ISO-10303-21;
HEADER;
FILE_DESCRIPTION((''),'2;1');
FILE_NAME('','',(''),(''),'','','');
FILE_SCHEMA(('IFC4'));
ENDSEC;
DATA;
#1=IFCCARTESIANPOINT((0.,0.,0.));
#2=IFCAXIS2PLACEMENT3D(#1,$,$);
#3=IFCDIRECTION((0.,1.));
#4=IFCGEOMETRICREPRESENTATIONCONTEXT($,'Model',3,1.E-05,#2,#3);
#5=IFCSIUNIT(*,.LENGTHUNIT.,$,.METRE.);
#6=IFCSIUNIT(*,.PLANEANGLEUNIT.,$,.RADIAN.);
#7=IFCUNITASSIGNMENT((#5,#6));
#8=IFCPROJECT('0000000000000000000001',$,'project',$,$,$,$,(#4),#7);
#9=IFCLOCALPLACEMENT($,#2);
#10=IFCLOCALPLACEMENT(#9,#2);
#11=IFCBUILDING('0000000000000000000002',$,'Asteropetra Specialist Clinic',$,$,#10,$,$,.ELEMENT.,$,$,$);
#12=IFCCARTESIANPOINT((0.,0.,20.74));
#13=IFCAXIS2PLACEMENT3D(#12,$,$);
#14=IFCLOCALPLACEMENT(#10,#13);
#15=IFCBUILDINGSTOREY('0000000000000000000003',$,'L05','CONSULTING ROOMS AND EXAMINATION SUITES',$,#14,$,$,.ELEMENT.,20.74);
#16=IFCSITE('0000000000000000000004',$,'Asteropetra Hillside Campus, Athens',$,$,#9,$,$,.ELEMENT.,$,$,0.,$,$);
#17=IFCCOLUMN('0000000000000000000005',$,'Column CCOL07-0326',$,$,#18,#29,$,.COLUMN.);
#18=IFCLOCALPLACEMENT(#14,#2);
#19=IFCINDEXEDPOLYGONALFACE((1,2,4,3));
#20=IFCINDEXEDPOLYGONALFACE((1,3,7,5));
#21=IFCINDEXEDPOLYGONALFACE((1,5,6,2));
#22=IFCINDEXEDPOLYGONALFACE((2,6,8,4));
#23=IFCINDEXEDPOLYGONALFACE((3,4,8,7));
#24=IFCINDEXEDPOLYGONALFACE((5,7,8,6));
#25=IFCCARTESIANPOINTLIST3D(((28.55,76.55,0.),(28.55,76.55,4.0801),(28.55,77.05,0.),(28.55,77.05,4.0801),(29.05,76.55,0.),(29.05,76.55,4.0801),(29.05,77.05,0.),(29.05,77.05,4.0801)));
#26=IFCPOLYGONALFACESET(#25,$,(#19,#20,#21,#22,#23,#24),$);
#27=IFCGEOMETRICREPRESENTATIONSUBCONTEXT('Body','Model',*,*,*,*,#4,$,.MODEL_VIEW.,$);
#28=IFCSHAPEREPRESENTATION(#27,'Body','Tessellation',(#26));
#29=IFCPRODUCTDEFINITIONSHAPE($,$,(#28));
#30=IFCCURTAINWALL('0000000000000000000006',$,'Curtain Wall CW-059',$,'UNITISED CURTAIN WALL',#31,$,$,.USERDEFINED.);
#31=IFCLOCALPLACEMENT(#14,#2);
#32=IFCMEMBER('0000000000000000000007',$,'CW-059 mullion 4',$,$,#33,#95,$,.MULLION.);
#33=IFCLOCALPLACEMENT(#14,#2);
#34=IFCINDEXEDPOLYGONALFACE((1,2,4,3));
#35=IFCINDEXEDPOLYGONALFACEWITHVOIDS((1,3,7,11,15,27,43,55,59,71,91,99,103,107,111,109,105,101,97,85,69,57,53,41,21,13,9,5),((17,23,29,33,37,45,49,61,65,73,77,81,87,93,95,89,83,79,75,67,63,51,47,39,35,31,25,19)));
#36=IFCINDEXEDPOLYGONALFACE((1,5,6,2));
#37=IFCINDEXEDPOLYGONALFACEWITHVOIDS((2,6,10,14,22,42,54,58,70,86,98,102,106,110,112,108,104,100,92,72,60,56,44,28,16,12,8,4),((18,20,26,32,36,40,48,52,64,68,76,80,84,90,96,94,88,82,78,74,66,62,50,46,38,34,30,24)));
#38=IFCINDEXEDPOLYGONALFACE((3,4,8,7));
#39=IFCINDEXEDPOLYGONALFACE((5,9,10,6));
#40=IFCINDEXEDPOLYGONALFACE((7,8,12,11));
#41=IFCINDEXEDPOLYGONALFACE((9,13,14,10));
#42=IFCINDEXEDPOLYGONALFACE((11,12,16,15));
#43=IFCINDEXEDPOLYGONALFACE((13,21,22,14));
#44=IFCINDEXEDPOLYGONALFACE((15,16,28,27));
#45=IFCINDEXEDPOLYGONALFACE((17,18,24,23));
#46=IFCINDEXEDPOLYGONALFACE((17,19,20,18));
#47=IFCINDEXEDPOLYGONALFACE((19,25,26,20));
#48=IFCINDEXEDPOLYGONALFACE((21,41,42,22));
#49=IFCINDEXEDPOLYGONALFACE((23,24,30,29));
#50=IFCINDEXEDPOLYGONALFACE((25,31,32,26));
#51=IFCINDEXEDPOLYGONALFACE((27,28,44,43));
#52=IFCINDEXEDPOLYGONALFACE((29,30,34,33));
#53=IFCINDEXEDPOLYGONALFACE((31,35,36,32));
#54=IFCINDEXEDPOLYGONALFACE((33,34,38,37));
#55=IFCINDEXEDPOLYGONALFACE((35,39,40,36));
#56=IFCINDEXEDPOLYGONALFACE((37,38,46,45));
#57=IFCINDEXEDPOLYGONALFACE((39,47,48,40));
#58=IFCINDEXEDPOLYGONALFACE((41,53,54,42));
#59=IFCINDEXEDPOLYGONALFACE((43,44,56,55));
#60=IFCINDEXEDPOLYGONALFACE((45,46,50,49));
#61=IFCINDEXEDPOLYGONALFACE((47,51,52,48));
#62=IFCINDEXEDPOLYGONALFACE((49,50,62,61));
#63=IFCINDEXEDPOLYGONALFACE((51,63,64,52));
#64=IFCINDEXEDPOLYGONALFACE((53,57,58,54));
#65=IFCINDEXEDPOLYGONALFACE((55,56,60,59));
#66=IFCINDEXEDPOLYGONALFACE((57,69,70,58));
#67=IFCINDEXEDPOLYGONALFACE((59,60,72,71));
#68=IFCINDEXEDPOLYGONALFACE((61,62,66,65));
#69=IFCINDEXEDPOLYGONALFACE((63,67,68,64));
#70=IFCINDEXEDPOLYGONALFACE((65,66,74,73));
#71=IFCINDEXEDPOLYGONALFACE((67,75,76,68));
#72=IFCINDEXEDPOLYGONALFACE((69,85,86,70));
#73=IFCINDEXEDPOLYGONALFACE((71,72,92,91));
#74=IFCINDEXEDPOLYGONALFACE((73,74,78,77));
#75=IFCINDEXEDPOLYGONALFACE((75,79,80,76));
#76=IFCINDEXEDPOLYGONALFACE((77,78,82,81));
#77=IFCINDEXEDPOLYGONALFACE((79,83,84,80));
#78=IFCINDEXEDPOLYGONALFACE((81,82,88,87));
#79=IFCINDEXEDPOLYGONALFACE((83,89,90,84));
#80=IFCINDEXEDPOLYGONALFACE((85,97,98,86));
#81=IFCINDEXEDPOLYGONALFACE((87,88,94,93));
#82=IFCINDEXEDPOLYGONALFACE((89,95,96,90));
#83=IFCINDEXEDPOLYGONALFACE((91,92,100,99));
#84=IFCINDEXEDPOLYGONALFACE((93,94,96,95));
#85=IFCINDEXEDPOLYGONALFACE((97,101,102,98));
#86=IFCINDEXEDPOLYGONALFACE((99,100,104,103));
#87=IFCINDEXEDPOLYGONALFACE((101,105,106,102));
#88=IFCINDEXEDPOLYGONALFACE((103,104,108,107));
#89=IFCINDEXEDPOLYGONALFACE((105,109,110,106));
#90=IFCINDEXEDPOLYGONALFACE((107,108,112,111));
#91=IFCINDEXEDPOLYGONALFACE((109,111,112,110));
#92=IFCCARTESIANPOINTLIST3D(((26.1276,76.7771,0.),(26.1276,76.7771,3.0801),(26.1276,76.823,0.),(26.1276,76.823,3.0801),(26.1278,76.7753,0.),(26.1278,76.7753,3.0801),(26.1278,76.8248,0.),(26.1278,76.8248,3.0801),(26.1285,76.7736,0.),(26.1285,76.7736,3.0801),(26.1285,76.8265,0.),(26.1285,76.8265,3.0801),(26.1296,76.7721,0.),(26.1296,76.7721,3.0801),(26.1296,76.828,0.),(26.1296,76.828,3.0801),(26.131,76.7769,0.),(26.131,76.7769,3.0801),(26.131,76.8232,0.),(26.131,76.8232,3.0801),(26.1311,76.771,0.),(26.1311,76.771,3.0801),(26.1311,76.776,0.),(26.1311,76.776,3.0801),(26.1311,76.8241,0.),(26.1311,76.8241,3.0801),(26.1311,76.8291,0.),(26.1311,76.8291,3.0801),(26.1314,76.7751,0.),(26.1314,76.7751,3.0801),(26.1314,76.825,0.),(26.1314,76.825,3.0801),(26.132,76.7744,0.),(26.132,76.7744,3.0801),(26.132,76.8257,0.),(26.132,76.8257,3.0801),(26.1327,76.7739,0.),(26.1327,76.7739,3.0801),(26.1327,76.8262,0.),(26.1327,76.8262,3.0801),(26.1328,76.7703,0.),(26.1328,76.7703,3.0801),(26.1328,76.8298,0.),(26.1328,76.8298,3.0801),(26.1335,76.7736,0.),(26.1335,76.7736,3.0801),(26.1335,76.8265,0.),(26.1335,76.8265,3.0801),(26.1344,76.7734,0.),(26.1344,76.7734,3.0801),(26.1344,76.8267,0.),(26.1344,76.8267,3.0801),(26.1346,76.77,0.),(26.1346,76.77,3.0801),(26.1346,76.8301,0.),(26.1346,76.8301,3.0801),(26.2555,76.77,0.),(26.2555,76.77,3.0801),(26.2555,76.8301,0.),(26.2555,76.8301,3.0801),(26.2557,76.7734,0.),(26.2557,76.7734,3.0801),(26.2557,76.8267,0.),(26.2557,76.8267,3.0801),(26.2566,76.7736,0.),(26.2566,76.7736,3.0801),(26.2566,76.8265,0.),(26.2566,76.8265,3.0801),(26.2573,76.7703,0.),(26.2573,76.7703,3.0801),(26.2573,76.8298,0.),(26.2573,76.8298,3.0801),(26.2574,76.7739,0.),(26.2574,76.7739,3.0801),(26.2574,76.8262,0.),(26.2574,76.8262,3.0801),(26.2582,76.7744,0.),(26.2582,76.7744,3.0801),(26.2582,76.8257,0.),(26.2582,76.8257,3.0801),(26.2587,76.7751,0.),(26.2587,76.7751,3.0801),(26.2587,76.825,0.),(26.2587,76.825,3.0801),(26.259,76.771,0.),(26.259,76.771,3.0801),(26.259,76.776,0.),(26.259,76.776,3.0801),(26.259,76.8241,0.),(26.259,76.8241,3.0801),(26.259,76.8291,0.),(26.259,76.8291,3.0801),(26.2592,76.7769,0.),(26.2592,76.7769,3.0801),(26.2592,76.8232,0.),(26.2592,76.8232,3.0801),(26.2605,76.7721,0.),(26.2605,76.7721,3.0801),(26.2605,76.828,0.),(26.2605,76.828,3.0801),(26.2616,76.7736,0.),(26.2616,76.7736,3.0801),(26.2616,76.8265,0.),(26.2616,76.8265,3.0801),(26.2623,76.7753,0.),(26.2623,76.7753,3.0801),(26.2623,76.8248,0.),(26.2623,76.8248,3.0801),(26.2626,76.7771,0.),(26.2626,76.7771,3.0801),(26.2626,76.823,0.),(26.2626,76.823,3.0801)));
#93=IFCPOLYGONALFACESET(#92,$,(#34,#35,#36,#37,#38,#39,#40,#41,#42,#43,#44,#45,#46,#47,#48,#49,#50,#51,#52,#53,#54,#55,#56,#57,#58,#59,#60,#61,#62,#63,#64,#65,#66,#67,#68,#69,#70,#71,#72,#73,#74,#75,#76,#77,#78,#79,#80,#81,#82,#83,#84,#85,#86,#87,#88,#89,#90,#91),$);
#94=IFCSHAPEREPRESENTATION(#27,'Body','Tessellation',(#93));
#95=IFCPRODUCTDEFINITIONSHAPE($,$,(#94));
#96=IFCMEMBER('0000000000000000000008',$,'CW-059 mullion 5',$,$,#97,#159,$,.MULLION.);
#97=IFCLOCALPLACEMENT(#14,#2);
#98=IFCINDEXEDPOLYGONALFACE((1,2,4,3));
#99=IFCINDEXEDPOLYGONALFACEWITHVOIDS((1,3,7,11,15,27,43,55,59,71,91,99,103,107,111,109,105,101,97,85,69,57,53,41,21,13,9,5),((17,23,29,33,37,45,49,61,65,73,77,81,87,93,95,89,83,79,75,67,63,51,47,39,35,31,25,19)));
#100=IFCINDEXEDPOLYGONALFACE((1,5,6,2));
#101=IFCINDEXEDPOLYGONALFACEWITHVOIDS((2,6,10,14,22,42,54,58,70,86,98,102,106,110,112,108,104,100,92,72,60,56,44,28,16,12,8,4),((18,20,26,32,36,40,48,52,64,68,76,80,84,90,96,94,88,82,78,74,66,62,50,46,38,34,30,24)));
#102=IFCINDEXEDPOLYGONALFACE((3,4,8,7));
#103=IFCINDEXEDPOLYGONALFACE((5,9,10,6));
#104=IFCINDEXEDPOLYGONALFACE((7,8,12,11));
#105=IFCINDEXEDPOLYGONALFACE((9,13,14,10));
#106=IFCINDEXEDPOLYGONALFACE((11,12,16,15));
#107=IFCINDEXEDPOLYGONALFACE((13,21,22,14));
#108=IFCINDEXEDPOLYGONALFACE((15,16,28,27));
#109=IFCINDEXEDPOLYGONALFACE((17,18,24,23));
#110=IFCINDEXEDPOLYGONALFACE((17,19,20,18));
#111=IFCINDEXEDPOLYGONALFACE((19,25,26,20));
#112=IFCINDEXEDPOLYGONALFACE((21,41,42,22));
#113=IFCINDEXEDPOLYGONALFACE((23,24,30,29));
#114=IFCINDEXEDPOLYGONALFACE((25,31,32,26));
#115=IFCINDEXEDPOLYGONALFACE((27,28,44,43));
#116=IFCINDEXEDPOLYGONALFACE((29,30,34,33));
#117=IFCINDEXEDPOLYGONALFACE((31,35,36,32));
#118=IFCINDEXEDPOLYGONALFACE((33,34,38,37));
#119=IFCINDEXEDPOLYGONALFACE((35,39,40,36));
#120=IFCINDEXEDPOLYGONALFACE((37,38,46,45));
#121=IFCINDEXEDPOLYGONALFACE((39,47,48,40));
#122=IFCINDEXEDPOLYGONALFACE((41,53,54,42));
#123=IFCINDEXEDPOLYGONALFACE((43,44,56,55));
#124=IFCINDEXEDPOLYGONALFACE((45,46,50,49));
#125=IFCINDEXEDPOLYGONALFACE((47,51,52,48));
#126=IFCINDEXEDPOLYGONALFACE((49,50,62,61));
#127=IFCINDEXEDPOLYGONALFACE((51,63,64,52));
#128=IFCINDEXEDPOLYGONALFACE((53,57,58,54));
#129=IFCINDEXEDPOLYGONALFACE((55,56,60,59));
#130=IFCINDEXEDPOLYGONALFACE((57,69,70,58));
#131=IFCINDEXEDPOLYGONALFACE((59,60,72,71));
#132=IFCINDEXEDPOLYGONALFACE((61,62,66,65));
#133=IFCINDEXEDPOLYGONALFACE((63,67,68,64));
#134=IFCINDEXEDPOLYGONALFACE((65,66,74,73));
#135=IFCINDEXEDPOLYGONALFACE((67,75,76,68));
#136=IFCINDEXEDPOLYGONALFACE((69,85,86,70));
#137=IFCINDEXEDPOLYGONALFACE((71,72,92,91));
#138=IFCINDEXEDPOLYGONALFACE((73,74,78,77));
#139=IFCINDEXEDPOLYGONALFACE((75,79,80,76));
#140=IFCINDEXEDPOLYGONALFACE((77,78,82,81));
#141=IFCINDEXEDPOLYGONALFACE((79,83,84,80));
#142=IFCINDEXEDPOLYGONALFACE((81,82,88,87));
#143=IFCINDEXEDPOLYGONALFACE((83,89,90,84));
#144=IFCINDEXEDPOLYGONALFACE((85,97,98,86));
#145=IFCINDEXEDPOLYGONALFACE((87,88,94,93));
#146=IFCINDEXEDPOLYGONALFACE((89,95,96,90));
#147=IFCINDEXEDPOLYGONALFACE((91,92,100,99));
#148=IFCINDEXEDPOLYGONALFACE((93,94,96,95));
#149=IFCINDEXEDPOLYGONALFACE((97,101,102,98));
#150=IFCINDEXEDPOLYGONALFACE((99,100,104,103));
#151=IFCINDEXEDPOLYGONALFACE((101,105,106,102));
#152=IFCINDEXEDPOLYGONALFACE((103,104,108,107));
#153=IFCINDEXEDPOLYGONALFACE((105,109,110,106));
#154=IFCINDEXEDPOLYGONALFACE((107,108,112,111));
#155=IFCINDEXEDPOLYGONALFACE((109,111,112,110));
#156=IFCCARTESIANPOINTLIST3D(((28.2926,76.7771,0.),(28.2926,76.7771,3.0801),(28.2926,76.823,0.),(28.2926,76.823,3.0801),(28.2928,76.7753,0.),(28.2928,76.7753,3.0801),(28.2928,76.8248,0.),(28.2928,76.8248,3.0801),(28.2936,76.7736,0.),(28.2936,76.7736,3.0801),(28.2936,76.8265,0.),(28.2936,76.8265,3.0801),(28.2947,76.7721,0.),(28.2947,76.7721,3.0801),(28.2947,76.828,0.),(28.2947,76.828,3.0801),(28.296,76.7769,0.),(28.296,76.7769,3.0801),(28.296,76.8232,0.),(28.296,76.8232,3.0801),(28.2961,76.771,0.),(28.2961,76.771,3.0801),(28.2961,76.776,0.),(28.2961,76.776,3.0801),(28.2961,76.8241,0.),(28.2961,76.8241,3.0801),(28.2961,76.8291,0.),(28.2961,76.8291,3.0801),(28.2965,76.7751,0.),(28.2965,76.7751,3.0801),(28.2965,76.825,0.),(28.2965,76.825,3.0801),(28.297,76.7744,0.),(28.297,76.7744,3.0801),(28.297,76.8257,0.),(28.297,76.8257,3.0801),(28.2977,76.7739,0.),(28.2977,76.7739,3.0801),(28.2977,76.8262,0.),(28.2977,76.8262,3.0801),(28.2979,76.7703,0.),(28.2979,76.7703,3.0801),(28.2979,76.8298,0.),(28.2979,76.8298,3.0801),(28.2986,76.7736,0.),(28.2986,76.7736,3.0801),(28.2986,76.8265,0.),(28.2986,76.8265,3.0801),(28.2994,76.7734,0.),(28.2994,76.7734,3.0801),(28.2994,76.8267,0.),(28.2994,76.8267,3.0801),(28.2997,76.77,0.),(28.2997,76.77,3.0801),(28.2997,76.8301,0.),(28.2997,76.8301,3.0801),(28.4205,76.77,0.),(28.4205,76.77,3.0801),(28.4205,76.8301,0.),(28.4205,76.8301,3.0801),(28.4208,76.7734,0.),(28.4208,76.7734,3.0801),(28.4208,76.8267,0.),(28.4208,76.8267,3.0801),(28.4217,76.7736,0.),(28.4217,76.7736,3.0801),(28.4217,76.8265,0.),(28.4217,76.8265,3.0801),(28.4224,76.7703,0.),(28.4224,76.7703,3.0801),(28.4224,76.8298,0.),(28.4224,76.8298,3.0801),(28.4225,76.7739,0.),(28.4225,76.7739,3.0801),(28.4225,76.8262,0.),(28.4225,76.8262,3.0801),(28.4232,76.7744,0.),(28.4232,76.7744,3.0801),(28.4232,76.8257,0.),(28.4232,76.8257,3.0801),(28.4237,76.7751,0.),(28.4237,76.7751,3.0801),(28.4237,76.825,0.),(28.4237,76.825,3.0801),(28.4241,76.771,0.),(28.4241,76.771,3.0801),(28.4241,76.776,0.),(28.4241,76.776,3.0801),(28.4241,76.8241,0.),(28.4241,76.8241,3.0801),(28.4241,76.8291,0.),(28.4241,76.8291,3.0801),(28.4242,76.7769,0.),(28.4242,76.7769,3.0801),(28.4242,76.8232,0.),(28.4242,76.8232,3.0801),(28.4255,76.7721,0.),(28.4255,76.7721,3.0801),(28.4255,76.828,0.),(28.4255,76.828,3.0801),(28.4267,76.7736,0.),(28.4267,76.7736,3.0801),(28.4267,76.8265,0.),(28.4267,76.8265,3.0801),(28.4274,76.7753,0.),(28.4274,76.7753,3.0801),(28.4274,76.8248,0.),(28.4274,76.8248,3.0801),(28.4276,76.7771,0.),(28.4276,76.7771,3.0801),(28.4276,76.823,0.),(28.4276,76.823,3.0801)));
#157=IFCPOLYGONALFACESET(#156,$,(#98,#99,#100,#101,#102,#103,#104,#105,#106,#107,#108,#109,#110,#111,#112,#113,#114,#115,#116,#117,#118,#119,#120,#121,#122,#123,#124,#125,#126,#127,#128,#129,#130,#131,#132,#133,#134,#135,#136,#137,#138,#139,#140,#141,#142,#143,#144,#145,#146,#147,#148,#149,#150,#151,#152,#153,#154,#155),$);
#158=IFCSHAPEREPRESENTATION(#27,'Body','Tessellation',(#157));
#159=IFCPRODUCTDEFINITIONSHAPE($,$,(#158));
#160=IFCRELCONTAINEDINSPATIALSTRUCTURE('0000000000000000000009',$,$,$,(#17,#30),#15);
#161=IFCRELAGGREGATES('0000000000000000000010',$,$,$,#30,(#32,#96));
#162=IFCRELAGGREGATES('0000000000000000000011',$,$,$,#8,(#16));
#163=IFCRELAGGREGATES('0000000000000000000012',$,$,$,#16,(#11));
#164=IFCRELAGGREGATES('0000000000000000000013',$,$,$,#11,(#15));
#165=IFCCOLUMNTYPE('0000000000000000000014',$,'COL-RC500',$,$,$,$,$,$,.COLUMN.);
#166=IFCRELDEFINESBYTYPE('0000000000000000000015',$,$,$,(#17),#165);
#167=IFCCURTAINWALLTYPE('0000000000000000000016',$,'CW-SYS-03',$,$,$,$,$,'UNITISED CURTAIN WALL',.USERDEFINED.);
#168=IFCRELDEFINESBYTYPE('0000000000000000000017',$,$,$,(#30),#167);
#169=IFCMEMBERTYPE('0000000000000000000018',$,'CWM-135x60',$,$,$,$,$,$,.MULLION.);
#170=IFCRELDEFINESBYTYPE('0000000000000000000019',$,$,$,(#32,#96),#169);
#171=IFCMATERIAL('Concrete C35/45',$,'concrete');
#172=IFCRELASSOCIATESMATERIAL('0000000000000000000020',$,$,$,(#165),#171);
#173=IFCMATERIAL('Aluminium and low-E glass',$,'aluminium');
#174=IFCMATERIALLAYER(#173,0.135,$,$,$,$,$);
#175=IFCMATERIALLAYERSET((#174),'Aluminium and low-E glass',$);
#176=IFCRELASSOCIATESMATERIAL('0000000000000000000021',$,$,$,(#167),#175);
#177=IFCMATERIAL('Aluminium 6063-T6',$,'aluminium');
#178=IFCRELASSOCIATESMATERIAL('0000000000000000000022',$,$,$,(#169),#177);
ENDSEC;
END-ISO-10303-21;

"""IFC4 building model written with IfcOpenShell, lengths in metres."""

from ifc_helpers import new_model, si_unit, direction, frame, origin, origin_2d, place, context, subcontext, project, spatial, rectangle, hollow_rectangle, extrude, material, layer, layer_set, material_profile, profile_set, type_object, element, aggregate, save


model = new_model("IFC4")

# Units and contexts
model_context = context("Model", 3, precision=1e-05, world=origin(), true_north=direction((0.0, 1.0)))
body_context = subcontext(model_context, "Body", "Model", "MODEL_VIEW")
ifc_project = project(units=[si_unit("LENGTHUNIT", "METRE"), si_unit("PLANEANGLEUNIT", "RADIAN")], contexts=[model_context])

# Site, building, storey
site_placement = place(None, origin())
site = spatial("IfcSite", under=ifc_project, at=site_placement, Name="Asteropetra Hillside Campus, Athens", CompositionType="ELEMENT", RefElevation=0.0)
building_placement = place(site_placement, origin())
building = spatial("IfcBuilding", under=site, at=building_placement, Name="Asteropetra Specialist Clinic", CompositionType="ELEMENT")
storey_placement = place(building_placement, frame((0.0, 0.0, 20.74)))
storey = spatial("IfcBuildingStorey", under=building, at=storey_placement, Name="L05", Description="CONSULTING ROOMS AND EXAMINATION SUITES", CompositionType="ELEMENT", Elevation=20.74)

# Column
ifc_material_1 = material(Name="Concrete C35/45", Category="concrete")
ifc_material_profile_1 = material_profile(ifc_material_1, rectangle(XDim=0.5, YDim=0.5, at=origin_2d()), Name="RC 500x500")
ifc_profile_set_1 = profile_set([ifc_material_profile_1], Name="Concrete C35/45")
column_type = type_object("IfcColumnType", Name="COL-RC500", PredefinedType="COLUMN", material=ifc_profile_set_1)
column_placement = place(storey_placement, frame((28.8, 76.8, 0.0), z_axis=(0.0, 0.0, 1.0), x_axis=(1.0, 0.0, 0.0)))
element("IfcColumn", 1, at=column_placement, inside=storey, type_object=column_type, Name="Column CCOL07-0326", PredefinedType="COLUMN", context=body_context, shape_type="SweptSolid", body=[
    extrude(rectangle(XDim=0.5, YDim=0.5, at=origin_2d()), origin(), (0.0, 0.0, 1.0), 4.0801),
])

# Curtain wall, members
ifc_material_2 = material(Name="Aluminium and low-E glass", Category="aluminium")
ifc_layer_1 = layer(ifc_material_2, 0.135)
ifc_layer_set_1 = layer_set([ifc_layer_1], Name="Aluminium and low-E glass")
curtain_wall_type_1 = type_object("IfcCurtainWallType", Name="CW-SYS-03", ElementType="UNITISED CURTAIN WALL", PredefinedType="USERDEFINED", material=ifc_layer_set_1)
curtain_wall_1_placement = place(storey_placement, origin())
curtain_wall_1 = element("IfcCurtainWall", 2, at=curtain_wall_1_placement, inside=storey, type_object=curtain_wall_type_1, Name="Curtain Wall CW-059", ObjectType="UNITISED CURTAIN WALL", PredefinedType="USERDEFINED")
ifc_material_3 = material(Name="Aluminium 6063-T6", Category="aluminium")
ifc_material_profile_2 = material_profile(ifc_material_3, hollow_rectangle(XDim=0.0601, YDim=0.135, WallThickness=0.0034, InnerFilletRadius=0.0034, OuterFilletRadius=0.0071, at=origin_2d()), Name="MUL 135x60x3.5")
ifc_profile_set_2 = profile_set([ifc_material_profile_2], Name="Aluminium 6063-T6")
member_type_1 = type_object("IfcMemberType", Name="CWM-135x60", PredefinedType="MULLION", material=ifc_profile_set_2)
member_1_placement = place(storey_placement, frame((26.1951, 76.8, 0.0), z_axis=(0.0, 0.0, 1.0), x_axis=(0.0, 1.0, 0.0)))
member_1 = element("IfcMember", 3, at=member_1_placement, type_object=member_type_1, Name="CW-059 mullion 4", PredefinedType="MULLION", context=body_context, shape_type="SweptSolid", body=[
    extrude(hollow_rectangle(XDim=0.0601, YDim=0.135, WallThickness=0.0034, InnerFilletRadius=0.0034, OuterFilletRadius=0.0071, at=origin_2d()), origin(), (0.0, 0.0, 1.0), 3.0801),
])
member_2_placement = place(storey_placement, frame((28.3601, 76.8, 0.0), z_axis=(0.0, 0.0, 1.0), x_axis=(0.0, 1.0, 0.0)))
member_2 = element("IfcMember", 4, at=member_2_placement, type_object=member_type_1, Name="CW-059 mullion 5", PredefinedType="MULLION", context=body_context, shape_type="SweptSolid", body=[
    extrude(hollow_rectangle(XDim=0.0601, YDim=0.135, WallThickness=0.0034, InnerFilletRadius=0.0034, OuterFilletRadius=0.0071, at=origin_2d()), origin(), (0.0, 0.0, 1.0), 3.0801),
])

aggregate(curtain_wall_1, [member_1, member_2])

save(model, "model.ifc")
